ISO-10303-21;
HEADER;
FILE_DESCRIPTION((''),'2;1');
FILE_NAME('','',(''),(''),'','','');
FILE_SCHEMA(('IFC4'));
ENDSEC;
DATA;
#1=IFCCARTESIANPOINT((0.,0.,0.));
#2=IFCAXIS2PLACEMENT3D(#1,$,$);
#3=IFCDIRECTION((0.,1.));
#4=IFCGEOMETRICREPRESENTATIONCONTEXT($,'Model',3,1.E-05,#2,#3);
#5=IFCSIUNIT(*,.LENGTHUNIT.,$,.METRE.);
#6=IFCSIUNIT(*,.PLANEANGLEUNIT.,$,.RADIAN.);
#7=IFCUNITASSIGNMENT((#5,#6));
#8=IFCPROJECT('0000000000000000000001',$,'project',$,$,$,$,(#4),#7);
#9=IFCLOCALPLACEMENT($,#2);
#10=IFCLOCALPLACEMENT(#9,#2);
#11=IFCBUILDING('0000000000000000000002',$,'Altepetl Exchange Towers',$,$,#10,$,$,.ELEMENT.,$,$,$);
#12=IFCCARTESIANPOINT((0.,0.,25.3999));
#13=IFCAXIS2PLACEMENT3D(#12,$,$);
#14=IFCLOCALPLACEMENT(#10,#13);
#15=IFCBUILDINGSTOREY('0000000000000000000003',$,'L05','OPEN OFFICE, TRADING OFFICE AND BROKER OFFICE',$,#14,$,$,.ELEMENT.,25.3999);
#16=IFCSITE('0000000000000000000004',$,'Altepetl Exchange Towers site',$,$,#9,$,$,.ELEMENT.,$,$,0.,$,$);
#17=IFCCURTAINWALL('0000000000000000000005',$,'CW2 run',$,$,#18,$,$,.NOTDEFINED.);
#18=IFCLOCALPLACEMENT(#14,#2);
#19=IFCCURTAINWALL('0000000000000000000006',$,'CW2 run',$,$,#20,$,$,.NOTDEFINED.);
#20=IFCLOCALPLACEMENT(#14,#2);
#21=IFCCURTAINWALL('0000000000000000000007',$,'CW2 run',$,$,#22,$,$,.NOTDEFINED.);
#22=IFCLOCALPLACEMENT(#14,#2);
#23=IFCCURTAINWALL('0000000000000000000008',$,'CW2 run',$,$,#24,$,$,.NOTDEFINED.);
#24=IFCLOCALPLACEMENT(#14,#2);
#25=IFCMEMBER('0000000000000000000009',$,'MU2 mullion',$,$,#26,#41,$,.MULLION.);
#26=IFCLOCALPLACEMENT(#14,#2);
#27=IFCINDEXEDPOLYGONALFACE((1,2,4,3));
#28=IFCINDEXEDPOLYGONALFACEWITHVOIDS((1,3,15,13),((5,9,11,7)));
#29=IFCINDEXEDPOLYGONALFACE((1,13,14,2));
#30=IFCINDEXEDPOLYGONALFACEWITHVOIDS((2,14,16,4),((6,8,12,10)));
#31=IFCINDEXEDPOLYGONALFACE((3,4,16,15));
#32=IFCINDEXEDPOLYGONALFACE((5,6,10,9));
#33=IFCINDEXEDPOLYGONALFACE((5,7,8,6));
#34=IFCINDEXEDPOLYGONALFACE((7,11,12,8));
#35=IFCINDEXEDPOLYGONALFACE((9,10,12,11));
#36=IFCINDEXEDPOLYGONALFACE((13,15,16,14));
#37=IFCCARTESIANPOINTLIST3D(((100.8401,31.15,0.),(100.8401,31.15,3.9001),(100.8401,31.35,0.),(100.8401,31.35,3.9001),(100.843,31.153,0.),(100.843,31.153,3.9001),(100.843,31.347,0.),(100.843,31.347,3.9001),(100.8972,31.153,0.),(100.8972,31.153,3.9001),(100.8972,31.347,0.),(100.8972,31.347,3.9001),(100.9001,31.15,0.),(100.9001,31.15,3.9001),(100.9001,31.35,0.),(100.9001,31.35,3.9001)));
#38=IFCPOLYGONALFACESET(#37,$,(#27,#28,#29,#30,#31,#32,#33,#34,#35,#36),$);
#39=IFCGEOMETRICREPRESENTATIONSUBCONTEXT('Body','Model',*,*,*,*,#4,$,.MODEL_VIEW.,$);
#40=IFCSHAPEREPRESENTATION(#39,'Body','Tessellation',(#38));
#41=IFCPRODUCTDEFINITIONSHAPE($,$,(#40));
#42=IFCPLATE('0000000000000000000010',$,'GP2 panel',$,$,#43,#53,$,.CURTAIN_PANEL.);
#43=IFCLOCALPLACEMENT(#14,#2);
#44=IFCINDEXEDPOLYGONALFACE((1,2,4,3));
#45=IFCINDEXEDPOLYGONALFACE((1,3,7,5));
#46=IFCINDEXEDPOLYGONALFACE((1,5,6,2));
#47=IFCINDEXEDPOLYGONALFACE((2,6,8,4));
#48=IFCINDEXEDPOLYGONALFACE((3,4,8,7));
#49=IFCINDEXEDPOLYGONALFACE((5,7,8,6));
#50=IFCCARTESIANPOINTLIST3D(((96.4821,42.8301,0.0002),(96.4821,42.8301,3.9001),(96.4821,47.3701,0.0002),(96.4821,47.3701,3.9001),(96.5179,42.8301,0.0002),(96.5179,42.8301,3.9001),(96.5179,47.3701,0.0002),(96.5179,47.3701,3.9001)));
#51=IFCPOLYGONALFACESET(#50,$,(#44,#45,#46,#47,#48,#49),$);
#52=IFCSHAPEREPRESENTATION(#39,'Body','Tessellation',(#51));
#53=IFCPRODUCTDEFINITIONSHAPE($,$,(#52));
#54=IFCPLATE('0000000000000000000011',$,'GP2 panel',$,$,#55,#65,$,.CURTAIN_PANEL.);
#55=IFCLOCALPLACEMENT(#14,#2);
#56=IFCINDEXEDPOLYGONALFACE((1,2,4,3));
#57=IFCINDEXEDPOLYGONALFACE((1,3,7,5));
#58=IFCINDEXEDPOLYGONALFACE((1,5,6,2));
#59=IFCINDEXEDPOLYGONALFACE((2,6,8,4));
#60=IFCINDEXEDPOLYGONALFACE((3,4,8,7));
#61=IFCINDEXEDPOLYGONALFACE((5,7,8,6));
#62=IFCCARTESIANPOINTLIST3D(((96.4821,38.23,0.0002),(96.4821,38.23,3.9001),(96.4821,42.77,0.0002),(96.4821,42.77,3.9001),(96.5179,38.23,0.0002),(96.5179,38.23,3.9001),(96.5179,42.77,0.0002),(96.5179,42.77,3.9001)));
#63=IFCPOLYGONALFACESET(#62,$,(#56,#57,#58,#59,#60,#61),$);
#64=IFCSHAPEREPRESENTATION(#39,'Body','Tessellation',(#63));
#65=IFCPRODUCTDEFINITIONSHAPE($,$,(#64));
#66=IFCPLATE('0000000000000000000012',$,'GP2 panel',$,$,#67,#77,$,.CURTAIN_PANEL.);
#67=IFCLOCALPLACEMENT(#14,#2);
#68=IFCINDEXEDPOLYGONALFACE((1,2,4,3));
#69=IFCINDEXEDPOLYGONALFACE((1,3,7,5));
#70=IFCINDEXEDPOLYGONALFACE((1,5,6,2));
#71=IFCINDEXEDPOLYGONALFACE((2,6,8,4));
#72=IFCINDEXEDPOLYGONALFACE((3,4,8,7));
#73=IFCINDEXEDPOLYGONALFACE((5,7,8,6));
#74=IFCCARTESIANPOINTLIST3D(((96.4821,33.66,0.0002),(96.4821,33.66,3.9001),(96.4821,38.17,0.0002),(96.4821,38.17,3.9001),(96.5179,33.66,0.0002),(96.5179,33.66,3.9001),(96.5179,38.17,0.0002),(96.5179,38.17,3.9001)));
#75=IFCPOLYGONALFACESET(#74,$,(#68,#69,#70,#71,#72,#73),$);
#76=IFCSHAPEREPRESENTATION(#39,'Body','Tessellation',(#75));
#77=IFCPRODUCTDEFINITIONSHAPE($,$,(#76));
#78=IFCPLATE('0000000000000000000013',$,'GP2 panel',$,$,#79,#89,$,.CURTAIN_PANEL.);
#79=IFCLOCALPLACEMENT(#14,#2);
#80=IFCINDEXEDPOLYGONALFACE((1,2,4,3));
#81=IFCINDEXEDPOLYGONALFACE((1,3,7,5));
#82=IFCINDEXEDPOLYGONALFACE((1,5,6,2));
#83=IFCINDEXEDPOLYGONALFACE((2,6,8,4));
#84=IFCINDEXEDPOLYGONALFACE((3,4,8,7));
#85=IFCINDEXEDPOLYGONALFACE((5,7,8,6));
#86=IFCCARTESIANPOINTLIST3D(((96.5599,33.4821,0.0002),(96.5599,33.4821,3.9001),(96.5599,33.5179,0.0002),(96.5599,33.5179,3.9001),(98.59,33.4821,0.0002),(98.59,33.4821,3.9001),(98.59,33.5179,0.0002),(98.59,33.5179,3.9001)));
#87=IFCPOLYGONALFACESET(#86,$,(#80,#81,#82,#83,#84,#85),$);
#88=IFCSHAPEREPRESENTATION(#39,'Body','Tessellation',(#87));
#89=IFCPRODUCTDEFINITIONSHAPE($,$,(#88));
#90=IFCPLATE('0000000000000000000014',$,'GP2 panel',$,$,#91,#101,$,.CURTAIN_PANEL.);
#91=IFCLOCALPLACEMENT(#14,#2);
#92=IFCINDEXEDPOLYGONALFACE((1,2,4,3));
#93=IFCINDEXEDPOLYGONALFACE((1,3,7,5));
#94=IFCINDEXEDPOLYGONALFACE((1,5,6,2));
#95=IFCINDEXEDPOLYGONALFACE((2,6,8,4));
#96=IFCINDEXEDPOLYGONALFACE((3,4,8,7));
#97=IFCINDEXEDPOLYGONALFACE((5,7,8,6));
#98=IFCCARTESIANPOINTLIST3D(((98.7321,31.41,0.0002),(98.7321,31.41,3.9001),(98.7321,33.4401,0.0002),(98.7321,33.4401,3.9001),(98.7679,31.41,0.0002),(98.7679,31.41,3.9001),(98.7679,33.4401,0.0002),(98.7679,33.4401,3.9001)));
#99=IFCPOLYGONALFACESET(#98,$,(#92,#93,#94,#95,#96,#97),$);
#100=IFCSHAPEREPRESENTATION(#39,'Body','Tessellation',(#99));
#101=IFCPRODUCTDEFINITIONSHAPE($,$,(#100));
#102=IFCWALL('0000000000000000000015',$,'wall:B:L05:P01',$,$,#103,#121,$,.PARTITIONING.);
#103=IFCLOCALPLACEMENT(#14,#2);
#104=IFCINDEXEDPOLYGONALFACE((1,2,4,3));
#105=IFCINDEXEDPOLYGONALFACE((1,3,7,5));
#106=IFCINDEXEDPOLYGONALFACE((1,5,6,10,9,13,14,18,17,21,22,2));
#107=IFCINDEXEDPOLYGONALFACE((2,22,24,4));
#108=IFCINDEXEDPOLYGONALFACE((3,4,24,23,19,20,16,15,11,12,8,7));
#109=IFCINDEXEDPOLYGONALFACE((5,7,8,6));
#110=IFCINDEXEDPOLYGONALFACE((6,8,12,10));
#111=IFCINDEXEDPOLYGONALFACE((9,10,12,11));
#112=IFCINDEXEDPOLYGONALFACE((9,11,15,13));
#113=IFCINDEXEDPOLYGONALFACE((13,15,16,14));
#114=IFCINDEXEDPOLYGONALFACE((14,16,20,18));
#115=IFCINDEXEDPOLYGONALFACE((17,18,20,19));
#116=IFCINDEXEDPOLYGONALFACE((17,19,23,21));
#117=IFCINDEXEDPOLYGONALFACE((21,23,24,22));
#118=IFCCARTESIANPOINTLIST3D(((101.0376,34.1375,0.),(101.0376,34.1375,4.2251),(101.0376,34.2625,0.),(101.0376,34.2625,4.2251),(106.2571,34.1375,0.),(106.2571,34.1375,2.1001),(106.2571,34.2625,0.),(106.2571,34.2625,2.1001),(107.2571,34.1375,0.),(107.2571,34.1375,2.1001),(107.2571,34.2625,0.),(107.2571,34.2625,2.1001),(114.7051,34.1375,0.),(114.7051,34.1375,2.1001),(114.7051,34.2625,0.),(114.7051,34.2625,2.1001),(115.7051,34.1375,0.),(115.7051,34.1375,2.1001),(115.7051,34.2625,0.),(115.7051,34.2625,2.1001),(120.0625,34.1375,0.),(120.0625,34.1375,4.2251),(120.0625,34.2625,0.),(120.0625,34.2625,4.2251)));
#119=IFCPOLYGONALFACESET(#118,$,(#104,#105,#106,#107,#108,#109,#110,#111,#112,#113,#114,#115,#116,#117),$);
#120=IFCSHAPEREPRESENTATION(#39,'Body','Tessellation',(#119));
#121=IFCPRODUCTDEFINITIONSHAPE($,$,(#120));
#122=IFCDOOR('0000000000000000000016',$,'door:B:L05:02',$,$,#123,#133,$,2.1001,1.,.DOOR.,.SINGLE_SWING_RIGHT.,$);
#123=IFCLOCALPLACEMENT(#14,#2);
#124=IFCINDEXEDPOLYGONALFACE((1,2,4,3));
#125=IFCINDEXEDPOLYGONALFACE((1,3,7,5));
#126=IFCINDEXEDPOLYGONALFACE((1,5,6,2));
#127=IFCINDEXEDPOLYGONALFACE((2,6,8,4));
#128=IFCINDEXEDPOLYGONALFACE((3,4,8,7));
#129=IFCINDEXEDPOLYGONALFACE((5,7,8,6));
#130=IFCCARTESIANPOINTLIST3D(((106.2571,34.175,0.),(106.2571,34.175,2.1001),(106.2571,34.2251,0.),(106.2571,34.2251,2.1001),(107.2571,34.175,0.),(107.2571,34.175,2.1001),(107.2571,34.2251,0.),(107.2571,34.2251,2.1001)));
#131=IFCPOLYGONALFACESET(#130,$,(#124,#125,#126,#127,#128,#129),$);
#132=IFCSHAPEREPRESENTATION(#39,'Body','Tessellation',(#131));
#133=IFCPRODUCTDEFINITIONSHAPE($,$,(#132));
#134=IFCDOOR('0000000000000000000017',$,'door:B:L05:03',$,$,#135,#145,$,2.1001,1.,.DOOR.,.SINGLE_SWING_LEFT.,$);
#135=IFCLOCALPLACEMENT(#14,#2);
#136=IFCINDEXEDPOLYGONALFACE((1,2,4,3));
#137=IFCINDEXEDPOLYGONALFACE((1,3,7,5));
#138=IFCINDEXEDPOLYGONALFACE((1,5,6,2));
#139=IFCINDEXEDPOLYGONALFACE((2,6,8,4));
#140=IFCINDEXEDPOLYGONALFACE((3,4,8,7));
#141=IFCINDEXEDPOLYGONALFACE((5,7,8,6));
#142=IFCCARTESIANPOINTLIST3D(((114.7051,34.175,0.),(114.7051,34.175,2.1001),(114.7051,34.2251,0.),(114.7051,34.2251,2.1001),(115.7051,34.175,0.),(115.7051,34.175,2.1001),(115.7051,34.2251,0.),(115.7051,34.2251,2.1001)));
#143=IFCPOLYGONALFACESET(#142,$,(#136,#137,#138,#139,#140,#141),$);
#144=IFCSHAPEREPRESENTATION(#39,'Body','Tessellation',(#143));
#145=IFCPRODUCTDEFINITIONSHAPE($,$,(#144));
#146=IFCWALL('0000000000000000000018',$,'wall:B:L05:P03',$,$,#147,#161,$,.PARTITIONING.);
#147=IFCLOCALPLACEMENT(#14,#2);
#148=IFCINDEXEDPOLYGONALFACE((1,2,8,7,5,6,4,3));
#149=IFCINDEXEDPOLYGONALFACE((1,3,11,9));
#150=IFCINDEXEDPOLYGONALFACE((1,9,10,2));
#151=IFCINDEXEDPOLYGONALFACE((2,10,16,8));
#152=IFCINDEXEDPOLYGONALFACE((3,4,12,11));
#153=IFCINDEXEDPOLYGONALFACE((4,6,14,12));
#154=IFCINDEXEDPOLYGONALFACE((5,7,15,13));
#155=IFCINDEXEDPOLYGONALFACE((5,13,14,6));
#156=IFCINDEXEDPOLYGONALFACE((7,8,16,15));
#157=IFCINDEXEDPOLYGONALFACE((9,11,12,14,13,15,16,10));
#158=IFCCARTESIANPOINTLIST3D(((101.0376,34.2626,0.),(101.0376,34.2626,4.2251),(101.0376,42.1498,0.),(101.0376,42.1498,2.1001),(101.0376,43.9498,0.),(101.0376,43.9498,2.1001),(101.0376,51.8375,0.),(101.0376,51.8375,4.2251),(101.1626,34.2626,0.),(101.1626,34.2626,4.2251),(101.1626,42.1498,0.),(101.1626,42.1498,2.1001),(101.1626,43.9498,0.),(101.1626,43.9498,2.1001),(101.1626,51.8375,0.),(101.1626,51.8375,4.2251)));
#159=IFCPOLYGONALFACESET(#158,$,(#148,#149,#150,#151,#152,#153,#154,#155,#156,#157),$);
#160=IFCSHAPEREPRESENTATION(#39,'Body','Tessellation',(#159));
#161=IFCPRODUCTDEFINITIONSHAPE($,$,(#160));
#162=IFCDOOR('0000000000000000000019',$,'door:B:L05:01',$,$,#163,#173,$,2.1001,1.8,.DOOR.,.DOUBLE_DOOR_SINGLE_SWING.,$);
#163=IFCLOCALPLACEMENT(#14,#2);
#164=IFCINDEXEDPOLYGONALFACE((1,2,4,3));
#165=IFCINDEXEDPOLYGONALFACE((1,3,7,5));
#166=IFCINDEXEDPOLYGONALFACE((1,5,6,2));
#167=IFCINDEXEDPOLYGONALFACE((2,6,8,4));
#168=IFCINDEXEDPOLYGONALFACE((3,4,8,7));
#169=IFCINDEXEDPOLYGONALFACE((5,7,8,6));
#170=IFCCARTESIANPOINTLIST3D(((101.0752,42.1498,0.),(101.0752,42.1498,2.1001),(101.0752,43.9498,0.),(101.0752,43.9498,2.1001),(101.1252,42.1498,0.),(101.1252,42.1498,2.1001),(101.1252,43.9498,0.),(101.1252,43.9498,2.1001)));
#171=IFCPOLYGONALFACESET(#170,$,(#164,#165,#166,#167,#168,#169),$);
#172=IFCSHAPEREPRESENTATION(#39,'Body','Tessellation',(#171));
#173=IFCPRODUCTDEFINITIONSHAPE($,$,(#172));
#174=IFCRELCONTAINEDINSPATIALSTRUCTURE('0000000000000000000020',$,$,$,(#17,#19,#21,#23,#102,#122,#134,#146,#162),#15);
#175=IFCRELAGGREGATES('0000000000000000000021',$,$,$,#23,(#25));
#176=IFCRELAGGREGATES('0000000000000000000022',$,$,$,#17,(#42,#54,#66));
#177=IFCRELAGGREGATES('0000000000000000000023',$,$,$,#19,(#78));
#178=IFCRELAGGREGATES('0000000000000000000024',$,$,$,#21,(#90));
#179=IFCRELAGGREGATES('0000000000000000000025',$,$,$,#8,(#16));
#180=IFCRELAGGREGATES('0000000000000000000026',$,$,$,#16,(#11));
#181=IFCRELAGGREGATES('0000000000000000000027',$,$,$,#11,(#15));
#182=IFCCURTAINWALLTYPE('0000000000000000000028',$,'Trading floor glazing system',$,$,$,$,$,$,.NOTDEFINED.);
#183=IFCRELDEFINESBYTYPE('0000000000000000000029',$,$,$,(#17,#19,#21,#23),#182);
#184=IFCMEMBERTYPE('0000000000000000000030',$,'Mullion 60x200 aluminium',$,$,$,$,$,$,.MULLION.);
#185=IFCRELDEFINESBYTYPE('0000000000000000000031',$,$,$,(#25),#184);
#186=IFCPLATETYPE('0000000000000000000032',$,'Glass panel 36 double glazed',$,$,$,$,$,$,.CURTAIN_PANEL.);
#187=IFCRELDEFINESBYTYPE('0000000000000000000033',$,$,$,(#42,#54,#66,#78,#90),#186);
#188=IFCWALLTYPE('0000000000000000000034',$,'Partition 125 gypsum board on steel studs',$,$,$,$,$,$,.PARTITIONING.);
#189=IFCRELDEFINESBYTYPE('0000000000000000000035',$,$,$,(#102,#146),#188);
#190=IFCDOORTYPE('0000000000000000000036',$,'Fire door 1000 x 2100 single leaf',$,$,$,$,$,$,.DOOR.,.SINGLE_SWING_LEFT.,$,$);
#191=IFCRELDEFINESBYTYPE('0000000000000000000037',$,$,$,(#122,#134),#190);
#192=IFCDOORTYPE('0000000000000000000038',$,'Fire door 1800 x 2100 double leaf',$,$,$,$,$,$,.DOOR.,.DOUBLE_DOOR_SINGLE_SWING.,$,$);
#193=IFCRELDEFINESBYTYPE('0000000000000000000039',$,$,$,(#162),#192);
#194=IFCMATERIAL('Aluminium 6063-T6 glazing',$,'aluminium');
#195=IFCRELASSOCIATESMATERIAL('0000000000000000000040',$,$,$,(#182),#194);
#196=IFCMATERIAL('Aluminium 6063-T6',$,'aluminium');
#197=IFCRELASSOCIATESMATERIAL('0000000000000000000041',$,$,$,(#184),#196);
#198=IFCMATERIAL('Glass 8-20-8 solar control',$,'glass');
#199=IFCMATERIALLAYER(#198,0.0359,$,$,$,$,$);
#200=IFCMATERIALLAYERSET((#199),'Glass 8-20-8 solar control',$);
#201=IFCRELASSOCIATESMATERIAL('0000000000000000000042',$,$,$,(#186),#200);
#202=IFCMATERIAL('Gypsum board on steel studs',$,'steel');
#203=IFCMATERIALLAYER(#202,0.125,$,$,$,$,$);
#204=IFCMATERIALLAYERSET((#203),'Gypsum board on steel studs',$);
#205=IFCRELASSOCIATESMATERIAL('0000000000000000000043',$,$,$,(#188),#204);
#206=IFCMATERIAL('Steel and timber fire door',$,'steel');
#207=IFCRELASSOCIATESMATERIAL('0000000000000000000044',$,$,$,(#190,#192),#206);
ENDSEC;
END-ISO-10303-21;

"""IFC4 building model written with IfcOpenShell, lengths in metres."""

from ifc_helpers import new_model, si_unit, direction, frame, frame_2d, origin, origin_2d, place, context, subcontext, project, spatial, rectangle, hollow_rectangle, extrude, material, layer, layer_set, material_profile, profile_set, type_object, element, fill, aggregate, save


model = new_model("IFC4")

# Units and contexts
model_context = context("Model", 3, precision=1e-05, world=origin(), true_north=direction((0.0, 1.0)))
body_context = subcontext(model_context, "Body", "Model", "MODEL_VIEW")
ifc_project = project(units=[si_unit("LENGTHUNIT", "METRE"), si_unit("PLANEANGLEUNIT", "RADIAN")], contexts=[model_context])

# Site, building, storey
site_placement = place(None, origin())
site = spatial("IfcSite", under=ifc_project, at=site_placement, Name="Altepetl Exchange Towers site", CompositionType="ELEMENT", RefElevation=0.0)
building_placement = place(site_placement, origin())
building = spatial("IfcBuilding", under=site, at=building_placement, Name="Altepetl Exchange Towers", CompositionType="ELEMENT")
storey_placement = place(building_placement, frame((0.0, 0.0, 25.3999)))
storey = spatial("IfcBuildingStorey", under=building, at=storey_placement, Name="L05", Description="OPEN OFFICE, TRADING OFFICE AND BROKER OFFICE", CompositionType="ELEMENT", Elevation=25.3999)

# Curtain walls
ifc_material_1 = material(Name="Aluminium 6063-T6 glazing", Category="aluminium")
curtain_wall_type = type_object("IfcCurtainWallType", Name="Trading floor glazing system", PredefinedType="NOTDEFINED", material=ifc_material_1)
curtain_wall_1_placement = place(storey_placement, origin())
curtain_wall_1 = element("IfcCurtainWall", 1, at=curtain_wall_1_placement, inside=storey, type_object=curtain_wall_type, Name="CW2 run", PredefinedType="NOTDEFINED")
ifc_material_2 = material(Name="Aluminium 6063-T6", Category="aluminium")
ifc_material_profile_1 = material_profile(ifc_material_2, hollow_rectangle(XDim=0.0601, YDim=0.2, WallThickness=0.0029, at=origin_2d()), Name="Mullion 60x200 aluminium")
ifc_profile_set_1 = profile_set([ifc_material_profile_1], Name="Aluminium 6063-T6")
member_type = type_object("IfcMemberType", Name="Mullion 60x200 aluminium", PredefinedType="MULLION", material=ifc_profile_set_1)
curtain_wall_2_placement = place(storey_placement, origin())
curtain_wall_2 = element("IfcCurtainWall", 2, at=curtain_wall_2_placement, inside=storey, type_object=curtain_wall_type, Name="CW2 run", PredefinedType="NOTDEFINED")
curtain_wall_3_placement = place(storey_placement, origin())
curtain_wall_3 = element("IfcCurtainWall", 3, at=curtain_wall_3_placement, inside=storey, type_object=curtain_wall_type, Name="CW2 run", PredefinedType="NOTDEFINED")

# Curtain wall, member
curtain_wall_4_placement = place(storey_placement, origin())
curtain_wall_4 = element("IfcCurtainWall", 4, at=curtain_wall_4_placement, inside=storey, type_object=curtain_wall_type, Name="CW2 run", PredefinedType="NOTDEFINED")
member_1_placement = place(storey_placement, frame((100.8701, 31.25, 0.0)))
member_1 = element("IfcMember", 5, at=member_1_placement, type_object=member_type, Name="MU2 mullion", PredefinedType="MULLION", context=body_context, shape_type="SweptSolid", body=[
    extrude(hollow_rectangle(XDim=0.0601, YDim=0.2, WallThickness=0.0029, at=origin_2d()), origin(), (0.0, 0.0, 1.0), 3.9001),
])
aggregate(curtain_wall_4, [member_1])

# Plates
ifc_material_3 = material(Name="Glass 8-20-8 solar control", Category="glass")
ifc_layer_1 = layer(ifc_material_3, 0.0359)
ifc_layer_set_1 = layer_set([ifc_layer_1], Name="Glass 8-20-8 solar control")
plate_type = type_object("IfcPlateType", Name="Glass panel 36 double glazed", PredefinedType="CURTAIN_PANEL", material=ifc_layer_set_1)
plate_1_placement = place(storey_placement, frame((96.5, 45.1001, 0.0002), z_axis=(0.0, 0.0, 1.0), x_axis=(0.0, -1.0, 0.0)))
plate_1 = element("IfcPlate", 6, at=plate_1_placement, type_object=plate_type, Name="GP2 panel", PredefinedType="CURTAIN_PANEL", context=body_context, shape_type="SweptSolid", body=[
    extrude(rectangle(XDim=4.54, YDim=0.0359, at=origin_2d()), origin(), (0.0, 0.0, 1.0), 3.8999),
])
plate_2_placement = place(storey_placement, frame((96.5, 40.5, 0.0002), z_axis=(0.0, 0.0, 1.0), x_axis=(0.0, -1.0, 0.0)))
plate_2 = element("IfcPlate", 7, at=plate_2_placement, type_object=plate_type, Name="GP2 panel", PredefinedType="CURTAIN_PANEL", context=body_context, shape_type="SweptSolid", body=[
    extrude(rectangle(XDim=4.54, YDim=0.0359, at=origin_2d()), origin(), (0.0, 0.0, 1.0), 3.8999),
])
plate_3_placement = place(storey_placement, frame((96.5, 35.915, 0.0002), z_axis=(0.0, 0.0, 1.0), x_axis=(0.0, -1.0, 0.0)))
plate_3 = element("IfcPlate", 8, at=plate_3_placement, type_object=plate_type, Name="GP2 panel", PredefinedType="CURTAIN_PANEL", context=body_context, shape_type="SweptSolid", body=[
    extrude(rectangle(XDim=4.51, YDim=0.0359, at=origin_2d()), origin(), (0.0, 0.0, 1.0), 3.8999),
])
aggregate(curtain_wall_1, [plate_1, plate_2, plate_3])
plate_4_placement = place(storey_placement, frame((97.575, 33.5, 0.0002)))
plate_4 = element("IfcPlate", 9, at=plate_4_placement, type_object=plate_type, Name="GP2 panel", PredefinedType="CURTAIN_PANEL", context=body_context, shape_type="SweptSolid", body=[
    extrude(rectangle(XDim=2.03, YDim=0.0359, at=origin_2d()), origin(), (0.0, 0.0, 1.0), 3.8999),
])
aggregate(curtain_wall_2, [plate_4])
plate_5_placement = place(storey_placement, frame((98.75, 32.425, 0.0002), z_axis=(0.0, 0.0, 1.0), x_axis=(0.0, -1.0, 0.0)))
plate_5 = element("IfcPlate", 10, at=plate_5_placement, type_object=plate_type, Name="GP2 panel", PredefinedType="CURTAIN_PANEL", context=body_context, shape_type="SweptSolid", body=[
    extrude(rectangle(XDim=2.03, YDim=0.0359, at=origin_2d()), origin(), (0.0, 0.0, 1.0), 3.8999),
])
aggregate(curtain_wall_3, [plate_5])

# Wall, openings, doors
ifc_material_4 = material(Name="Gypsum board on steel studs", Category="steel")
ifc_layer_2 = layer(ifc_material_4, 0.125)
ifc_layer_set_2 = layer_set([ifc_layer_2], Name="Gypsum board on steel studs")
wall_type = type_object("IfcWallType", Name="Partition 125 gypsum board on steel studs", PredefinedType="PARTITIONING", material=ifc_layer_set_2)
wall_1_placement = place(storey_placement, frame((101.0376, 34.2, 0.0)))
wall_1 = element("IfcWall", 11, at=wall_1_placement, inside=storey, type_object=wall_type, Name="wall:B:L05:P01", PredefinedType="PARTITIONING", context=body_context, shape_type="SweptSolid", body=[
    extrude(rectangle(XDim=19.0249, YDim=0.125, at=frame_2d((9.5125, 0.0))), origin(), (0.0, 0.0, 1.0), 4.2251),
])
opening_1_placement = place(wall_1_placement, frame((5.2195, 0.0, 0.0)))
opening_1 = element("IfcOpeningElement", 12, at=opening_1_placement, cuts=wall_1, PredefinedType="OPENING", context=body_context, shape_type="SweptSolid", body=[
    extrude(rectangle(XDim=1.0, YDim=2.1001, at=frame_2d((0.5, 1.05))), frame((0.0, 0.0725, 0.0), z_axis=(0.0, -1.0, 0.0), x_axis=(1.0, 0.0, 0.0)), (0.0, 0.0, 1.0), 0.145),
])
opening_2_placement = place(wall_1_placement, frame((13.6675, 0.0, 0.0)))
opening_2 = element("IfcOpeningElement", 13, at=opening_2_placement, cuts=wall_1, PredefinedType="OPENING", context=body_context, shape_type="SweptSolid", body=[
    extrude(rectangle(XDim=1.0, YDim=2.1001, at=frame_2d((0.5, 1.05))), frame((0.0, 0.0725, 0.0), z_axis=(0.0, -1.0, 0.0), x_axis=(1.0, 0.0, 0.0)), (0.0, 0.0, 1.0), 0.145),
])
ifc_material_5 = material(Name="Steel and timber fire door", Category="steel")
door_type_1 = type_object("IfcDoorType", Name="Fire door 1000 x 2100 single leaf", OperationType="SINGLE_SWING_LEFT", PredefinedType="DOOR", material=ifc_material_5)
door_1_placement = place(opening_1_placement, frame((1.0, 0.0, 0.0), x_axis=(-1.0, 0.0, 0.0)))
door_1 = element("IfcDoor", 14, at=door_1_placement, inside=storey, type_object=door_type_1, Name="door:B:L05:02", OperationType="SINGLE_SWING_RIGHT", OverallHeight=2.1001, OverallWidth=1.0, PredefinedType="DOOR", context=body_context, shape_type="SweptSolid", body=[
    extrude(rectangle(XDim=1.0, YDim=2.1001, at=frame_2d((0.5, 1.05))), frame((0.0, 0.0249, 0.0), z_axis=(0.0, -1.0, 0.0), x_axis=(1.0, 0.0, 0.0)), (0.0, 0.0, 1.0), 0.05),
])
fill(opening_1, door_1)
door_2_placement = place(opening_2_placement, frame((1.0, 0.0, 0.0), x_axis=(-1.0, 0.0, 0.0)))
door_2 = element("IfcDoor", 15, at=door_2_placement, inside=storey, type_object=door_type_1, Name="door:B:L05:03", OperationType="SINGLE_SWING_LEFT", OverallHeight=2.1001, OverallWidth=1.0, PredefinedType="DOOR", context=body_context, shape_type="SweptSolid", body=[
    extrude(rectangle(XDim=1.0, YDim=2.1001, at=frame_2d((0.5, 1.05))), frame((0.0, 0.0249, 0.0), z_axis=(0.0, -1.0, 0.0), x_axis=(1.0, 0.0, 0.0)), (0.0, 0.0, 1.0), 0.05),
])
fill(opening_2, door_2)

# Wall, opening, door
wall_2_placement = place(storey_placement, frame((101.1001, 34.2625, 0.0), z_axis=(0.0, 0.0, 1.0), x_axis=(0.0, 1.0, 0.0)))
wall_2 = element("IfcWall", 16, at=wall_2_placement, inside=storey, type_object=wall_type, Name="wall:B:L05:P03", PredefinedType="PARTITIONING", context=body_context, shape_type="SweptSolid", body=[
    extrude(rectangle(XDim=17.575, YDim=0.125, at=frame_2d((8.7876, 0.0))), origin(), (0.0, 0.0, 1.0), 4.2251),
])
opening_3_placement = place(wall_2_placement, frame((7.8875, 0.0, 0.0)))
opening_3 = element("IfcOpeningElement", 17, at=opening_3_placement, cuts=wall_2, PredefinedType="OPENING", context=body_context, shape_type="SweptSolid", body=[
    extrude(rectangle(XDim=1.8, YDim=2.1001, at=frame_2d((0.8999, 1.05))), frame((0.0, 0.0725, 0.0), z_axis=(0.0, -1.0, 0.0), x_axis=(1.0, 0.0, 0.0)), (0.0, 0.0, 1.0), 0.145),
])
door_type_2 = type_object("IfcDoorType", Name="Fire door 1800 x 2100 double leaf", OperationType="DOUBLE_DOOR_SINGLE_SWING", PredefinedType="DOOR", material=ifc_material_5)
door_3_placement = place(opening_3_placement, origin())
door_3 = element("IfcDoor", 18, at=door_3_placement, inside=storey, type_object=door_type_2, Name="door:B:L05:01", OperationType="DOUBLE_DOOR_SINGLE_SWING", OverallHeight=2.1001, OverallWidth=1.8, PredefinedType="DOOR", context=body_context, shape_type="SweptSolid", body=[
    extrude(rectangle(XDim=1.8, YDim=2.1001, at=frame_2d((0.8999, 1.05))), frame((0.0, 0.0249, 0.0), z_axis=(0.0, -1.0, 0.0), x_axis=(1.0, 0.0, 0.0)), (0.0, 0.0, 1.0), 0.05),
])
fill(opening_3, door_3)

save(model, "model.ifc")
